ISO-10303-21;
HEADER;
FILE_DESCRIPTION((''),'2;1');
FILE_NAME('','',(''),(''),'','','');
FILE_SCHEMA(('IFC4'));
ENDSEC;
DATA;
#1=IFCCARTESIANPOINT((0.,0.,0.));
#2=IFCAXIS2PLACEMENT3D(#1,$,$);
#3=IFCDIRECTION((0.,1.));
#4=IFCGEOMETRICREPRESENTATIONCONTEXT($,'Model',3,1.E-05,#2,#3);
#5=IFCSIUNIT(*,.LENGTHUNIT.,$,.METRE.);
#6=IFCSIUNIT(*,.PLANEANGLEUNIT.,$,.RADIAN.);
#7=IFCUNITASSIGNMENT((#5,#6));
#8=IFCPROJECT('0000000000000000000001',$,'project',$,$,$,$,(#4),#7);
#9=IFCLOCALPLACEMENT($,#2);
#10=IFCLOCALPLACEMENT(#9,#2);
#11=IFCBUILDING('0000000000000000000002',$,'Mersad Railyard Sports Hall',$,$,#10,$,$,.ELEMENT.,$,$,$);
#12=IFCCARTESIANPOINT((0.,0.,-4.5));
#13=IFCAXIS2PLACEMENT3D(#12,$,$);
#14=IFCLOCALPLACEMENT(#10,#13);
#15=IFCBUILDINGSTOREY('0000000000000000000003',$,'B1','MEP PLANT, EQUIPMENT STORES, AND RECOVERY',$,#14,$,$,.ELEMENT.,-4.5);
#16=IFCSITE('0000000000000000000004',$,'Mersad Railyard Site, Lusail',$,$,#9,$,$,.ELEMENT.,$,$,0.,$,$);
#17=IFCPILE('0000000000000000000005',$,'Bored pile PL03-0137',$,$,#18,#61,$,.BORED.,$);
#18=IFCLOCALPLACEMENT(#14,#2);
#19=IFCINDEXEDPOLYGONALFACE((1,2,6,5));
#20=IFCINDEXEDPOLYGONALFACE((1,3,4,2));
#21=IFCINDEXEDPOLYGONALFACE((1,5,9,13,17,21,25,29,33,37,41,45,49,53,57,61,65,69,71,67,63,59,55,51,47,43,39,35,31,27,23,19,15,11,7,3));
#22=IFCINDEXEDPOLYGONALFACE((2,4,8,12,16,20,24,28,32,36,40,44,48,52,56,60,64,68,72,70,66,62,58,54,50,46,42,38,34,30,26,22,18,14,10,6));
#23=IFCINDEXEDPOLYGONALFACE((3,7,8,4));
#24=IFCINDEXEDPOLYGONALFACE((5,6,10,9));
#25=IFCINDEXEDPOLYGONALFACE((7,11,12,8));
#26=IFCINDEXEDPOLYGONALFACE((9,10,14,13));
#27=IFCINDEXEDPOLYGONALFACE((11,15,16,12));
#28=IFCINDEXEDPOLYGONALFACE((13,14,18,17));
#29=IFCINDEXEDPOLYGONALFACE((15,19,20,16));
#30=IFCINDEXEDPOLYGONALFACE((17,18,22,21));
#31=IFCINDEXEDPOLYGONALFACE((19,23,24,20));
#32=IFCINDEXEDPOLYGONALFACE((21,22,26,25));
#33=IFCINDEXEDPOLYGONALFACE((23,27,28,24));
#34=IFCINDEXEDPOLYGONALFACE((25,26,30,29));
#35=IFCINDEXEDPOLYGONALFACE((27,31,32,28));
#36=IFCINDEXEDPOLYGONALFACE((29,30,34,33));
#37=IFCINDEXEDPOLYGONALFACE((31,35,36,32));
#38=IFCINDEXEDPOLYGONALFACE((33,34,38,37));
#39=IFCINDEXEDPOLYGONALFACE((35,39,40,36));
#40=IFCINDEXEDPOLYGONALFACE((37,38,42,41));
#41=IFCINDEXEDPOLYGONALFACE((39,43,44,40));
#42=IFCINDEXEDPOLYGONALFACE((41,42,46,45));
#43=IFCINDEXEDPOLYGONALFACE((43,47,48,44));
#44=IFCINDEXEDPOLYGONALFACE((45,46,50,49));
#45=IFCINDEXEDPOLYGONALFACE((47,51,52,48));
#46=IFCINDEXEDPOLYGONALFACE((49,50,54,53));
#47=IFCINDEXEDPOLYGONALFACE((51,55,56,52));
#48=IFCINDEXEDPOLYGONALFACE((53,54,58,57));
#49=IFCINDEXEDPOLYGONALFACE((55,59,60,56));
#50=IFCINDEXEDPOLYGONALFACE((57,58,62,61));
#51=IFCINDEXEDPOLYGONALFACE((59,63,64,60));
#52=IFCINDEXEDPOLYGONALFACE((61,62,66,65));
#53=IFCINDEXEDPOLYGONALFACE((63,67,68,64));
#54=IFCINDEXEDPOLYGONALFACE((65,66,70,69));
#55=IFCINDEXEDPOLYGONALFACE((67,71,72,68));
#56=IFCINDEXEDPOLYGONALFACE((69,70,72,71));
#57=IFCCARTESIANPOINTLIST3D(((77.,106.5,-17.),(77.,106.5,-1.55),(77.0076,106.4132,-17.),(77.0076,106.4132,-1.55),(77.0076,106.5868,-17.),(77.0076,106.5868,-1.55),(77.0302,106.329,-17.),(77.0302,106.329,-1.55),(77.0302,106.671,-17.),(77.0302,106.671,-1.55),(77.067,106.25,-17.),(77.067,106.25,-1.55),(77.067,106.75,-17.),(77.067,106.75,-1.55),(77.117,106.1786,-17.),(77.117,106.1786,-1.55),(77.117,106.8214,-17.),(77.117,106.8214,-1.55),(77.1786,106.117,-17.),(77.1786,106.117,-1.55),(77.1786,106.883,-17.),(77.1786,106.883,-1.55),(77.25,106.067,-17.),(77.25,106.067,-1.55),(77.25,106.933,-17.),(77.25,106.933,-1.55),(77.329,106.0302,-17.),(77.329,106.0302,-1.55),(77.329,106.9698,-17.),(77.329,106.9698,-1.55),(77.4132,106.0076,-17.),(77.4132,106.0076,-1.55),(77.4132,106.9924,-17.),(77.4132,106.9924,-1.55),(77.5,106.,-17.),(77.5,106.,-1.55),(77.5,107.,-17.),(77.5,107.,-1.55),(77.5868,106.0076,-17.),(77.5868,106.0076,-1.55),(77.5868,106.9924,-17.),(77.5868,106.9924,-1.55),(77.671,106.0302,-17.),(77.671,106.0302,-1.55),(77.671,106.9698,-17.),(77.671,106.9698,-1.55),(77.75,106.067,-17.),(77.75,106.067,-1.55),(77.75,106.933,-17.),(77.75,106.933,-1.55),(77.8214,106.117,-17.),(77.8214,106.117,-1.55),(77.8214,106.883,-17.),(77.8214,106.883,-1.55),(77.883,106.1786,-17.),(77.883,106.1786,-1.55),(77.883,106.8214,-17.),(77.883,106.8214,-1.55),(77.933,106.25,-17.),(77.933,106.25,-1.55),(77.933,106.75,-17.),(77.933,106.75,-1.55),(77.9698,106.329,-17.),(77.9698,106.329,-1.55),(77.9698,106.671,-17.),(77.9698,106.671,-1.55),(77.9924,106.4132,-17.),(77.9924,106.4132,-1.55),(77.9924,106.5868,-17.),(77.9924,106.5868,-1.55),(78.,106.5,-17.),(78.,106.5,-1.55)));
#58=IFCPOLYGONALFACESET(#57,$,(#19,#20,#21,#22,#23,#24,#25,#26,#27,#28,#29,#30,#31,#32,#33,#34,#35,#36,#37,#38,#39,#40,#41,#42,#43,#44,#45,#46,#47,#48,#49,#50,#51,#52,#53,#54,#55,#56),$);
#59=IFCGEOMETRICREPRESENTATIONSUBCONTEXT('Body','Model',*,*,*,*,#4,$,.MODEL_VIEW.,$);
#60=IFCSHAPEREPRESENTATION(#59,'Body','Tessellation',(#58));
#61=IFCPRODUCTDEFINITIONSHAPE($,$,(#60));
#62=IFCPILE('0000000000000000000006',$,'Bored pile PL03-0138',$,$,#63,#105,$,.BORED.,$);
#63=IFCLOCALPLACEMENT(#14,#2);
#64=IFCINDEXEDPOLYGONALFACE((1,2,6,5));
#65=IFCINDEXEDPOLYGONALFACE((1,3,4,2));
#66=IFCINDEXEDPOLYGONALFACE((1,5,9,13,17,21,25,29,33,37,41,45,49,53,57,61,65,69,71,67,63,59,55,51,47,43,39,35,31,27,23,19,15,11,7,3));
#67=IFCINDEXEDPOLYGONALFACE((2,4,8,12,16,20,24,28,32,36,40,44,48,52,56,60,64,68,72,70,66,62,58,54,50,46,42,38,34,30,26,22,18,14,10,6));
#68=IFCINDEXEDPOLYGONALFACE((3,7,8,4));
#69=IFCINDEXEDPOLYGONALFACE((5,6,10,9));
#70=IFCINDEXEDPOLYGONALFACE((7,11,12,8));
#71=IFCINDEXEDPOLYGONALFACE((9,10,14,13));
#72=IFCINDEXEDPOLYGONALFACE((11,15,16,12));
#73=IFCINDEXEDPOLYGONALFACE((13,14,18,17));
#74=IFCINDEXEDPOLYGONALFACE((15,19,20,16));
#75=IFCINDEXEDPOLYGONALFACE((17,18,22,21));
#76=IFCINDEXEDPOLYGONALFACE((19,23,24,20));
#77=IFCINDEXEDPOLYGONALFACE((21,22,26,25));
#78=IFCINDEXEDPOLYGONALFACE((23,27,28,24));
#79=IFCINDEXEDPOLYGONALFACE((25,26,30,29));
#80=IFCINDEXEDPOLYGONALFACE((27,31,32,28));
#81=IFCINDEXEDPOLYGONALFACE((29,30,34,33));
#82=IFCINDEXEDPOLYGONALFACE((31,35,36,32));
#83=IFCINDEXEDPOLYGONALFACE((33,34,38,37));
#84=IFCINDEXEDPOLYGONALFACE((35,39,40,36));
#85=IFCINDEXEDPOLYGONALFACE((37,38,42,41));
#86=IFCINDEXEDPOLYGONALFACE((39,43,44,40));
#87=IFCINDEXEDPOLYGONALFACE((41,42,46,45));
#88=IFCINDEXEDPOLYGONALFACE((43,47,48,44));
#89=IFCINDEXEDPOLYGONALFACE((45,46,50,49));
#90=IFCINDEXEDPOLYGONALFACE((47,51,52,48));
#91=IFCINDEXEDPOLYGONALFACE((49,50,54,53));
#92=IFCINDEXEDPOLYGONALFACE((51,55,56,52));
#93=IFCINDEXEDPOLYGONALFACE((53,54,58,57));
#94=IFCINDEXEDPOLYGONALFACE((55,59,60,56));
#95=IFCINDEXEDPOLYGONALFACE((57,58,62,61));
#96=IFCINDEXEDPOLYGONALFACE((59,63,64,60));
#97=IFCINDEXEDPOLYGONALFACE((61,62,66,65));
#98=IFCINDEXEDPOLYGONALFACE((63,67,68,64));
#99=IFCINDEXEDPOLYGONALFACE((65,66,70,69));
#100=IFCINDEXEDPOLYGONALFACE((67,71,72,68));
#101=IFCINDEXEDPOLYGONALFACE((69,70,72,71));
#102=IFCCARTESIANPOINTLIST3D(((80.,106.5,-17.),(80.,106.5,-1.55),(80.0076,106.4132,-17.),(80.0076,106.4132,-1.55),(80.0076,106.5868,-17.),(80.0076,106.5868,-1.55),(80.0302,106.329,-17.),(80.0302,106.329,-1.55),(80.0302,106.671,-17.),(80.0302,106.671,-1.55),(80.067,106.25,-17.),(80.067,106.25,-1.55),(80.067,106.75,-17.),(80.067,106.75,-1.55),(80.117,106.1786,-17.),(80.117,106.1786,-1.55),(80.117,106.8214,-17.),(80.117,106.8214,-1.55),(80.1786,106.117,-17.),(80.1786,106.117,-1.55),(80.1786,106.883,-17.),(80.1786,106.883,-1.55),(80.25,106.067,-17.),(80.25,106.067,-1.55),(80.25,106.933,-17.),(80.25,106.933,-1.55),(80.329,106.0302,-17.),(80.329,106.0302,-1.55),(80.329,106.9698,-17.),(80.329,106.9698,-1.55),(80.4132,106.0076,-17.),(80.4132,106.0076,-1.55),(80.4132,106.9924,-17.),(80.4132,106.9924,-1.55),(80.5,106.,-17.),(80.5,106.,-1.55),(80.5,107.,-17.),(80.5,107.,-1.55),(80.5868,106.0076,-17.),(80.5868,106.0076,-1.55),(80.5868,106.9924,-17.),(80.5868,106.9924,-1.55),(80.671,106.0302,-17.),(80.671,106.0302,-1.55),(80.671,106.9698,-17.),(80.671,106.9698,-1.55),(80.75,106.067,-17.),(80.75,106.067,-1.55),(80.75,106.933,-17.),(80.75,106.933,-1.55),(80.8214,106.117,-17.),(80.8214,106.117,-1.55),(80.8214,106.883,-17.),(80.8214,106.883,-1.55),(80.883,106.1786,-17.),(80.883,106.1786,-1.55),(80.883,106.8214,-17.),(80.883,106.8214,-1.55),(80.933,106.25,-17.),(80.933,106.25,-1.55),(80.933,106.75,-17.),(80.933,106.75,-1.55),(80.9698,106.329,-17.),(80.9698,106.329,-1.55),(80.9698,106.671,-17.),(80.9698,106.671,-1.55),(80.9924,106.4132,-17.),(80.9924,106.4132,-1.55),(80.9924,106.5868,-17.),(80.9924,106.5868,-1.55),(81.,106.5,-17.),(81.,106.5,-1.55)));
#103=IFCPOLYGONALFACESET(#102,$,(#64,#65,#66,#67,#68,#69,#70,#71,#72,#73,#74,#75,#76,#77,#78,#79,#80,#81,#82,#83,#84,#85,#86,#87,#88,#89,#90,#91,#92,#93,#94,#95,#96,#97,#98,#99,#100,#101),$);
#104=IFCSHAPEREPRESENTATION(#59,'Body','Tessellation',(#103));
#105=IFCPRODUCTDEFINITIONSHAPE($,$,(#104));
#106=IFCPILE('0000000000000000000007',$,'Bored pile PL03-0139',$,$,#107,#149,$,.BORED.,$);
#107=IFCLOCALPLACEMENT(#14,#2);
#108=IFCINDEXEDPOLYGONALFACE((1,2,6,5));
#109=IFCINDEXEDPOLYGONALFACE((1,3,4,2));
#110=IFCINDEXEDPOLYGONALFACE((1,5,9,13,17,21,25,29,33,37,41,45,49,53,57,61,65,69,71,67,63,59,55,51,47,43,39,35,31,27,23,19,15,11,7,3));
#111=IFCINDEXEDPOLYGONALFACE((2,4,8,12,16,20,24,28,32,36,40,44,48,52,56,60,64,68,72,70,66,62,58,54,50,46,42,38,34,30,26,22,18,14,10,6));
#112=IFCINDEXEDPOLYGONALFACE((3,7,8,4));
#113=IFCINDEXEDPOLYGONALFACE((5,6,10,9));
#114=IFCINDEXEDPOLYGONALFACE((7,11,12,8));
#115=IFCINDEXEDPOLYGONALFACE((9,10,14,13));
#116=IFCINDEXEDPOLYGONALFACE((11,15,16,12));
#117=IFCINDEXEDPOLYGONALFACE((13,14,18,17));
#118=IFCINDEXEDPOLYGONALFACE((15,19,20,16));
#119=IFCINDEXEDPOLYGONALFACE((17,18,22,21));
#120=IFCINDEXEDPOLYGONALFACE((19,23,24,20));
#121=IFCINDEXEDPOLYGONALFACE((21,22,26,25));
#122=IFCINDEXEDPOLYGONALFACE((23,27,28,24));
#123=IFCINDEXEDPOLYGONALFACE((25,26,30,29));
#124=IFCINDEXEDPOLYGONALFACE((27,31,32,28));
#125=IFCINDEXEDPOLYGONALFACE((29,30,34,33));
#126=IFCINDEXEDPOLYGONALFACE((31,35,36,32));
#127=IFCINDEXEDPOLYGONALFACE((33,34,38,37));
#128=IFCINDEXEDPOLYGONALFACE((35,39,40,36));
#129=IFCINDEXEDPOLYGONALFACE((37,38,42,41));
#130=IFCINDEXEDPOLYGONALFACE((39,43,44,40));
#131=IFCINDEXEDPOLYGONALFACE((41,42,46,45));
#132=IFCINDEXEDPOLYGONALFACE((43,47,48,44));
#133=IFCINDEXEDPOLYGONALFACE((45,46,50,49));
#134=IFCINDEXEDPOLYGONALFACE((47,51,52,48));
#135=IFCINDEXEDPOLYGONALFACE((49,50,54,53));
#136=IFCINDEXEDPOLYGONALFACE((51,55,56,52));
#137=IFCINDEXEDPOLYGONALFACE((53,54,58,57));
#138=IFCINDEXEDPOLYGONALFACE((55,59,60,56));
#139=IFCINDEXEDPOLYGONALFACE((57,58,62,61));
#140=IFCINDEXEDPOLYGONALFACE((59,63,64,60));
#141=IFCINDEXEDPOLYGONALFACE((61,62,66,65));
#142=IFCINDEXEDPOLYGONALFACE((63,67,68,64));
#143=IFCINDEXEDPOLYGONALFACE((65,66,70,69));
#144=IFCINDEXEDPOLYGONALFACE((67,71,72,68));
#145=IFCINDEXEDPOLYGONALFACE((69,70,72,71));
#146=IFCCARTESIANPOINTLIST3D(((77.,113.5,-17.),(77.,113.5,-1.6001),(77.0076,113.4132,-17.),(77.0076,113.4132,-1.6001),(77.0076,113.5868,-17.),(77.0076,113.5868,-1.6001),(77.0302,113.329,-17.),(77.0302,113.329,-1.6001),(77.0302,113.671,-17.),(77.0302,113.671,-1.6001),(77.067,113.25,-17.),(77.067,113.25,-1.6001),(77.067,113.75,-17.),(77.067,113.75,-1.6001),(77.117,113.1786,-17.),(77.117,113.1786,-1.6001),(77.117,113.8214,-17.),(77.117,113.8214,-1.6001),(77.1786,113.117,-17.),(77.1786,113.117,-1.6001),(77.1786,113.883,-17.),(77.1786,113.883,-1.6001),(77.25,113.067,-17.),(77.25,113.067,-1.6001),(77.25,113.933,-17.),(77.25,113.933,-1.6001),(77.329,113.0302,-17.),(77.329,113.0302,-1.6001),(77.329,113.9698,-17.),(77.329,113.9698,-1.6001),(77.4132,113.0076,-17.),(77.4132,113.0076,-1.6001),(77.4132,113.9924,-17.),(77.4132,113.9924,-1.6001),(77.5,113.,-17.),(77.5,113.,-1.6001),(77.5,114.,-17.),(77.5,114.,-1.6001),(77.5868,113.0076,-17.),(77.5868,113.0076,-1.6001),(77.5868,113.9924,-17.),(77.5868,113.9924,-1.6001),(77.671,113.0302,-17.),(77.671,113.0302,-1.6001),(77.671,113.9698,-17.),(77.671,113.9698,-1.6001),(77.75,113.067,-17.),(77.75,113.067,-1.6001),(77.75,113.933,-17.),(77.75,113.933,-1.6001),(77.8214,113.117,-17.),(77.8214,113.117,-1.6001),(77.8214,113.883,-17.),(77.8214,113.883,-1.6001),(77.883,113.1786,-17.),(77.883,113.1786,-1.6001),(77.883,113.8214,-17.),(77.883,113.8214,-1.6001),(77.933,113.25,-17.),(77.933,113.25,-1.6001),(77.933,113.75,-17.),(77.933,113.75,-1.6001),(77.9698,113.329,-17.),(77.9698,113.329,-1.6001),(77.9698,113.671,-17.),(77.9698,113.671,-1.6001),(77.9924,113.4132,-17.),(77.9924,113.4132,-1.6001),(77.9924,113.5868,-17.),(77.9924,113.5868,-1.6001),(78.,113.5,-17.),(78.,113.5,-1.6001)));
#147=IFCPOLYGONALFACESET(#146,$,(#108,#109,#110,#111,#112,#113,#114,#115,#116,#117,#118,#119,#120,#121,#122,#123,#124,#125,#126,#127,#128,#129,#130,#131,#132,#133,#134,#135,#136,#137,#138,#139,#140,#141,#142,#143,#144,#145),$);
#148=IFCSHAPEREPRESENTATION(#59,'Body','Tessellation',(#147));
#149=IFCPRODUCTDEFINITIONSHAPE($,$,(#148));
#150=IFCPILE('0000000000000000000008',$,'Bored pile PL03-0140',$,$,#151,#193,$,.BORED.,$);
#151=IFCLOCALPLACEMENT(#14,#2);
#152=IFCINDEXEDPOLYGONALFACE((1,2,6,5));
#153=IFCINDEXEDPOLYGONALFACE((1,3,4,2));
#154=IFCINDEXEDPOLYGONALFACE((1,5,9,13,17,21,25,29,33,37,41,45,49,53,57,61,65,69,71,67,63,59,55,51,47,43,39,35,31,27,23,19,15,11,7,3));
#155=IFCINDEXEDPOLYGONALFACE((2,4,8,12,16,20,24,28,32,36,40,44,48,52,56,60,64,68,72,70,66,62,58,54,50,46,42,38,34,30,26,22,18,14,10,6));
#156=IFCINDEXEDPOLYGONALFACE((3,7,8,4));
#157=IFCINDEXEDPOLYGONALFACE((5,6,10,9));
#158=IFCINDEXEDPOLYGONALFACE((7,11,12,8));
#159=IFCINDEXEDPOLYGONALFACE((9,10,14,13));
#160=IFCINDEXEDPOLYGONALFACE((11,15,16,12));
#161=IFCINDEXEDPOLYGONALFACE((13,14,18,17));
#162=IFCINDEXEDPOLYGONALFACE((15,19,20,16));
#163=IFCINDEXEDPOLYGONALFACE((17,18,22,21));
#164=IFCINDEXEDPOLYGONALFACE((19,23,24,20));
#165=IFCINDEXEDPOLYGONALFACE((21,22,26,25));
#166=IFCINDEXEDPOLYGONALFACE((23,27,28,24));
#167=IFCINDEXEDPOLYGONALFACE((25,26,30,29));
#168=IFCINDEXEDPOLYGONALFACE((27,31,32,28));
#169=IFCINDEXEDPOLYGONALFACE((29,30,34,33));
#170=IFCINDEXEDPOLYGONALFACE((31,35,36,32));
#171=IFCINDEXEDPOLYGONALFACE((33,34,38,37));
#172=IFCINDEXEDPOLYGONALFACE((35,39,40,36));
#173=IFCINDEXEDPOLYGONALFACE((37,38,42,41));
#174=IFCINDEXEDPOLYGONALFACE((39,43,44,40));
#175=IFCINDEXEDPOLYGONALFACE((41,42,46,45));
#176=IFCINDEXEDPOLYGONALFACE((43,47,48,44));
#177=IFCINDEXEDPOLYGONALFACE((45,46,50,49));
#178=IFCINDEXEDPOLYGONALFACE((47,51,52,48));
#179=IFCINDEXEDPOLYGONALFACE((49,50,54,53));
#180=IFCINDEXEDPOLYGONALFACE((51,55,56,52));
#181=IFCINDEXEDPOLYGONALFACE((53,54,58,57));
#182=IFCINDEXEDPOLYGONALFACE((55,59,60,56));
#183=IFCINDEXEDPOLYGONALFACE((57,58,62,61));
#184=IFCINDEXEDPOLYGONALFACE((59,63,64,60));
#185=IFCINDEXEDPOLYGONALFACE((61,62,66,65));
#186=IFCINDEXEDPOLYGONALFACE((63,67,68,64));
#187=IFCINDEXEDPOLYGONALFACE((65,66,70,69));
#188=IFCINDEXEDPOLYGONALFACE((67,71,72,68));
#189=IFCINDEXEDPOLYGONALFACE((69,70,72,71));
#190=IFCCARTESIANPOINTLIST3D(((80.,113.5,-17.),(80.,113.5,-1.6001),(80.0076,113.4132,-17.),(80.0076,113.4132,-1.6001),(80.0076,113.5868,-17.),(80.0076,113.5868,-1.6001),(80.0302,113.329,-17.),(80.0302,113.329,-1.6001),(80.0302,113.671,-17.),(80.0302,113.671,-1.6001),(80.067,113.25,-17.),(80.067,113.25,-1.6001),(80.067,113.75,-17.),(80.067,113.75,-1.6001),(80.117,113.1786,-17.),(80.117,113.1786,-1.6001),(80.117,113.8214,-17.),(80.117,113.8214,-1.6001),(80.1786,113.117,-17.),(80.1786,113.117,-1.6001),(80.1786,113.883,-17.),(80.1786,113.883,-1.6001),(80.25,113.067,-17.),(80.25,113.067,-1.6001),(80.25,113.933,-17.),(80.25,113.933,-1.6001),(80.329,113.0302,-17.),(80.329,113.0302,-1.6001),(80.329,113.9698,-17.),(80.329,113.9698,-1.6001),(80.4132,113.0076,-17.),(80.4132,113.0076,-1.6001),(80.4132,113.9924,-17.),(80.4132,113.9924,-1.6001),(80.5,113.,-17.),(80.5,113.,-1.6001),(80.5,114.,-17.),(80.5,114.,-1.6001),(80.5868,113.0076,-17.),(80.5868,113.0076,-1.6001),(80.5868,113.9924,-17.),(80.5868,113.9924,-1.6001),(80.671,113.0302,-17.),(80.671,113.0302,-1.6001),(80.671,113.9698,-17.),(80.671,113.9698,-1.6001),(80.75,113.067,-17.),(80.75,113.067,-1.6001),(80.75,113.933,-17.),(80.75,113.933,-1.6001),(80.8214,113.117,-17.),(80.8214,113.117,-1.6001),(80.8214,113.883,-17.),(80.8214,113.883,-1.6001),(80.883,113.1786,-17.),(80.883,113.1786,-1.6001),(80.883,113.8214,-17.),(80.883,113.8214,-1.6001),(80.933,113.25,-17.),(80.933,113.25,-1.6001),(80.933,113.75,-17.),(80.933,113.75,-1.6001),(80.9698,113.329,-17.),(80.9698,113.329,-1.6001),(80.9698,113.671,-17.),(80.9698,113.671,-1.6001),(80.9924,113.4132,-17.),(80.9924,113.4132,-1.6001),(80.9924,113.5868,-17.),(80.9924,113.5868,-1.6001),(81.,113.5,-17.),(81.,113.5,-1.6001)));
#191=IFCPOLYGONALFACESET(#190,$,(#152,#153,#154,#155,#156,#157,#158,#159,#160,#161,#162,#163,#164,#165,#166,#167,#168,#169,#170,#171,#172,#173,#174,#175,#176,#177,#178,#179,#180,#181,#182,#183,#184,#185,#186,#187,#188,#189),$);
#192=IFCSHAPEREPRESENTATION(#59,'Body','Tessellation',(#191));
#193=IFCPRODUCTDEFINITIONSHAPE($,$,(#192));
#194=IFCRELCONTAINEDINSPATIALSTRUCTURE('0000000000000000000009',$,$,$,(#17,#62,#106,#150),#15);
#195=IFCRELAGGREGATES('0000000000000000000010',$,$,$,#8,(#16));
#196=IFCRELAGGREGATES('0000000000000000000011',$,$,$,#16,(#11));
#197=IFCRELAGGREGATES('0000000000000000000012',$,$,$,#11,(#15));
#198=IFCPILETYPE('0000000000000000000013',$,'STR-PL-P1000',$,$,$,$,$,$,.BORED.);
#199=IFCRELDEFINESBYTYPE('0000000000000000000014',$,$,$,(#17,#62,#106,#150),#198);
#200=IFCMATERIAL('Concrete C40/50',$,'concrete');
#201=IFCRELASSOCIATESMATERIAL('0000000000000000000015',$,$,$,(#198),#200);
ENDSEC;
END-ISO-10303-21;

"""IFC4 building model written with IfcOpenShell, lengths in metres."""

from ifc_helpers import new_model, si_unit, direction, frame, origin, origin_2d, place, context, subcontext, project, spatial, circle, extrude, material, material_profile, profile_set, type_object, element, save


model = new_model("IFC4")

# Units and contexts
model_context = context("Model", 3, precision=1e-05, world=origin(), true_north=direction((0.0, 1.0)))
body_context = subcontext(model_context, "Body", "Model", "MODEL_VIEW")
ifc_project = project(units=[si_unit("LENGTHUNIT", "METRE"), si_unit("PLANEANGLEUNIT", "RADIAN")], contexts=[model_context])

# Site, building, storey
site_placement = place(None, origin())
site = spatial("IfcSite", under=ifc_project, at=site_placement, Name="Mersad Railyard Site, Lusail", CompositionType="ELEMENT", RefElevation=0.0)
building_placement = place(site_placement, origin())
building = spatial("IfcBuilding", under=site, at=building_placement, Name="Mersad Railyard Sports Hall", CompositionType="ELEMENT")
storey_placement = place(building_placement, frame((0.0, 0.0, -4.5)))
storey = spatial("IfcBuildingStorey", under=building, at=storey_placement, Name="B1", Description="MEP PLANT, EQUIPMENT STORES, AND RECOVERY", CompositionType="ELEMENT", Elevation=-4.5)

# Shared definitions
ifc_material_1 = material(Name="Concrete C40/50", Category="concrete")

# Piles
ifc_material_profile_1 = material_profile(ifc_material_1, circle(Radius=0.5, at=origin_2d()), Name="BORED PILE D1000")
ifc_profile_set_1 = profile_set([ifc_material_profile_1], Name="Concrete C40/50")
pile_type = type_object("IfcPileType", Name="STR-PL-P1000", PredefinedType="BORED", material=ifc_profile_set_1)
for number, where, z_axis, x_axis, name in (
    (1, (77.5, 106.5, -1.55), (0.0, 0.0, -1.0), (1.0, 0.0, 0.0), "Bored pile PL03-0137"),
    (2, (80.5, 106.5, -1.55), (0.0, 0.0, -1.0), (1.0, 0.0, 0.0), "Bored pile PL03-0138"),
):
    element("IfcPile", number, at=place(storey_placement, frame(where, z_axis=z_axis, x_axis=x_axis)), inside=storey, type_object=pile_type, Name=name, PredefinedType="BORED", context=body_context, shape_type="SweptSolid", body=[
        extrude(circle(Radius=0.5, at=origin_2d()), origin(), (0.0, 0.0, 1.0), 15.45),
    ])
for number, where, z_axis, x_axis, name in (
    (3, (77.5, 113.5, -1.6001), (0.0, 0.0, -1.0), (1.0, 0.0, 0.0), "Bored pile PL03-0139"),
    (4, (80.5, 113.5, -1.6001), (0.0, 0.0, -1.0), (1.0, 0.0, 0.0), "Bored pile PL03-0140"),
):
    element("IfcPile", number, at=place(storey_placement, frame(where, z_axis=z_axis, x_axis=x_axis)), inside=storey, type_object=pile_type, Name=name, PredefinedType="BORED", context=body_context, shape_type="SweptSolid", body=[
        extrude(circle(Radius=0.5, at=origin_2d()), origin(), (0.0, 0.0, 1.0), 15.3999),
    ])

save(model, "model.ifc")
